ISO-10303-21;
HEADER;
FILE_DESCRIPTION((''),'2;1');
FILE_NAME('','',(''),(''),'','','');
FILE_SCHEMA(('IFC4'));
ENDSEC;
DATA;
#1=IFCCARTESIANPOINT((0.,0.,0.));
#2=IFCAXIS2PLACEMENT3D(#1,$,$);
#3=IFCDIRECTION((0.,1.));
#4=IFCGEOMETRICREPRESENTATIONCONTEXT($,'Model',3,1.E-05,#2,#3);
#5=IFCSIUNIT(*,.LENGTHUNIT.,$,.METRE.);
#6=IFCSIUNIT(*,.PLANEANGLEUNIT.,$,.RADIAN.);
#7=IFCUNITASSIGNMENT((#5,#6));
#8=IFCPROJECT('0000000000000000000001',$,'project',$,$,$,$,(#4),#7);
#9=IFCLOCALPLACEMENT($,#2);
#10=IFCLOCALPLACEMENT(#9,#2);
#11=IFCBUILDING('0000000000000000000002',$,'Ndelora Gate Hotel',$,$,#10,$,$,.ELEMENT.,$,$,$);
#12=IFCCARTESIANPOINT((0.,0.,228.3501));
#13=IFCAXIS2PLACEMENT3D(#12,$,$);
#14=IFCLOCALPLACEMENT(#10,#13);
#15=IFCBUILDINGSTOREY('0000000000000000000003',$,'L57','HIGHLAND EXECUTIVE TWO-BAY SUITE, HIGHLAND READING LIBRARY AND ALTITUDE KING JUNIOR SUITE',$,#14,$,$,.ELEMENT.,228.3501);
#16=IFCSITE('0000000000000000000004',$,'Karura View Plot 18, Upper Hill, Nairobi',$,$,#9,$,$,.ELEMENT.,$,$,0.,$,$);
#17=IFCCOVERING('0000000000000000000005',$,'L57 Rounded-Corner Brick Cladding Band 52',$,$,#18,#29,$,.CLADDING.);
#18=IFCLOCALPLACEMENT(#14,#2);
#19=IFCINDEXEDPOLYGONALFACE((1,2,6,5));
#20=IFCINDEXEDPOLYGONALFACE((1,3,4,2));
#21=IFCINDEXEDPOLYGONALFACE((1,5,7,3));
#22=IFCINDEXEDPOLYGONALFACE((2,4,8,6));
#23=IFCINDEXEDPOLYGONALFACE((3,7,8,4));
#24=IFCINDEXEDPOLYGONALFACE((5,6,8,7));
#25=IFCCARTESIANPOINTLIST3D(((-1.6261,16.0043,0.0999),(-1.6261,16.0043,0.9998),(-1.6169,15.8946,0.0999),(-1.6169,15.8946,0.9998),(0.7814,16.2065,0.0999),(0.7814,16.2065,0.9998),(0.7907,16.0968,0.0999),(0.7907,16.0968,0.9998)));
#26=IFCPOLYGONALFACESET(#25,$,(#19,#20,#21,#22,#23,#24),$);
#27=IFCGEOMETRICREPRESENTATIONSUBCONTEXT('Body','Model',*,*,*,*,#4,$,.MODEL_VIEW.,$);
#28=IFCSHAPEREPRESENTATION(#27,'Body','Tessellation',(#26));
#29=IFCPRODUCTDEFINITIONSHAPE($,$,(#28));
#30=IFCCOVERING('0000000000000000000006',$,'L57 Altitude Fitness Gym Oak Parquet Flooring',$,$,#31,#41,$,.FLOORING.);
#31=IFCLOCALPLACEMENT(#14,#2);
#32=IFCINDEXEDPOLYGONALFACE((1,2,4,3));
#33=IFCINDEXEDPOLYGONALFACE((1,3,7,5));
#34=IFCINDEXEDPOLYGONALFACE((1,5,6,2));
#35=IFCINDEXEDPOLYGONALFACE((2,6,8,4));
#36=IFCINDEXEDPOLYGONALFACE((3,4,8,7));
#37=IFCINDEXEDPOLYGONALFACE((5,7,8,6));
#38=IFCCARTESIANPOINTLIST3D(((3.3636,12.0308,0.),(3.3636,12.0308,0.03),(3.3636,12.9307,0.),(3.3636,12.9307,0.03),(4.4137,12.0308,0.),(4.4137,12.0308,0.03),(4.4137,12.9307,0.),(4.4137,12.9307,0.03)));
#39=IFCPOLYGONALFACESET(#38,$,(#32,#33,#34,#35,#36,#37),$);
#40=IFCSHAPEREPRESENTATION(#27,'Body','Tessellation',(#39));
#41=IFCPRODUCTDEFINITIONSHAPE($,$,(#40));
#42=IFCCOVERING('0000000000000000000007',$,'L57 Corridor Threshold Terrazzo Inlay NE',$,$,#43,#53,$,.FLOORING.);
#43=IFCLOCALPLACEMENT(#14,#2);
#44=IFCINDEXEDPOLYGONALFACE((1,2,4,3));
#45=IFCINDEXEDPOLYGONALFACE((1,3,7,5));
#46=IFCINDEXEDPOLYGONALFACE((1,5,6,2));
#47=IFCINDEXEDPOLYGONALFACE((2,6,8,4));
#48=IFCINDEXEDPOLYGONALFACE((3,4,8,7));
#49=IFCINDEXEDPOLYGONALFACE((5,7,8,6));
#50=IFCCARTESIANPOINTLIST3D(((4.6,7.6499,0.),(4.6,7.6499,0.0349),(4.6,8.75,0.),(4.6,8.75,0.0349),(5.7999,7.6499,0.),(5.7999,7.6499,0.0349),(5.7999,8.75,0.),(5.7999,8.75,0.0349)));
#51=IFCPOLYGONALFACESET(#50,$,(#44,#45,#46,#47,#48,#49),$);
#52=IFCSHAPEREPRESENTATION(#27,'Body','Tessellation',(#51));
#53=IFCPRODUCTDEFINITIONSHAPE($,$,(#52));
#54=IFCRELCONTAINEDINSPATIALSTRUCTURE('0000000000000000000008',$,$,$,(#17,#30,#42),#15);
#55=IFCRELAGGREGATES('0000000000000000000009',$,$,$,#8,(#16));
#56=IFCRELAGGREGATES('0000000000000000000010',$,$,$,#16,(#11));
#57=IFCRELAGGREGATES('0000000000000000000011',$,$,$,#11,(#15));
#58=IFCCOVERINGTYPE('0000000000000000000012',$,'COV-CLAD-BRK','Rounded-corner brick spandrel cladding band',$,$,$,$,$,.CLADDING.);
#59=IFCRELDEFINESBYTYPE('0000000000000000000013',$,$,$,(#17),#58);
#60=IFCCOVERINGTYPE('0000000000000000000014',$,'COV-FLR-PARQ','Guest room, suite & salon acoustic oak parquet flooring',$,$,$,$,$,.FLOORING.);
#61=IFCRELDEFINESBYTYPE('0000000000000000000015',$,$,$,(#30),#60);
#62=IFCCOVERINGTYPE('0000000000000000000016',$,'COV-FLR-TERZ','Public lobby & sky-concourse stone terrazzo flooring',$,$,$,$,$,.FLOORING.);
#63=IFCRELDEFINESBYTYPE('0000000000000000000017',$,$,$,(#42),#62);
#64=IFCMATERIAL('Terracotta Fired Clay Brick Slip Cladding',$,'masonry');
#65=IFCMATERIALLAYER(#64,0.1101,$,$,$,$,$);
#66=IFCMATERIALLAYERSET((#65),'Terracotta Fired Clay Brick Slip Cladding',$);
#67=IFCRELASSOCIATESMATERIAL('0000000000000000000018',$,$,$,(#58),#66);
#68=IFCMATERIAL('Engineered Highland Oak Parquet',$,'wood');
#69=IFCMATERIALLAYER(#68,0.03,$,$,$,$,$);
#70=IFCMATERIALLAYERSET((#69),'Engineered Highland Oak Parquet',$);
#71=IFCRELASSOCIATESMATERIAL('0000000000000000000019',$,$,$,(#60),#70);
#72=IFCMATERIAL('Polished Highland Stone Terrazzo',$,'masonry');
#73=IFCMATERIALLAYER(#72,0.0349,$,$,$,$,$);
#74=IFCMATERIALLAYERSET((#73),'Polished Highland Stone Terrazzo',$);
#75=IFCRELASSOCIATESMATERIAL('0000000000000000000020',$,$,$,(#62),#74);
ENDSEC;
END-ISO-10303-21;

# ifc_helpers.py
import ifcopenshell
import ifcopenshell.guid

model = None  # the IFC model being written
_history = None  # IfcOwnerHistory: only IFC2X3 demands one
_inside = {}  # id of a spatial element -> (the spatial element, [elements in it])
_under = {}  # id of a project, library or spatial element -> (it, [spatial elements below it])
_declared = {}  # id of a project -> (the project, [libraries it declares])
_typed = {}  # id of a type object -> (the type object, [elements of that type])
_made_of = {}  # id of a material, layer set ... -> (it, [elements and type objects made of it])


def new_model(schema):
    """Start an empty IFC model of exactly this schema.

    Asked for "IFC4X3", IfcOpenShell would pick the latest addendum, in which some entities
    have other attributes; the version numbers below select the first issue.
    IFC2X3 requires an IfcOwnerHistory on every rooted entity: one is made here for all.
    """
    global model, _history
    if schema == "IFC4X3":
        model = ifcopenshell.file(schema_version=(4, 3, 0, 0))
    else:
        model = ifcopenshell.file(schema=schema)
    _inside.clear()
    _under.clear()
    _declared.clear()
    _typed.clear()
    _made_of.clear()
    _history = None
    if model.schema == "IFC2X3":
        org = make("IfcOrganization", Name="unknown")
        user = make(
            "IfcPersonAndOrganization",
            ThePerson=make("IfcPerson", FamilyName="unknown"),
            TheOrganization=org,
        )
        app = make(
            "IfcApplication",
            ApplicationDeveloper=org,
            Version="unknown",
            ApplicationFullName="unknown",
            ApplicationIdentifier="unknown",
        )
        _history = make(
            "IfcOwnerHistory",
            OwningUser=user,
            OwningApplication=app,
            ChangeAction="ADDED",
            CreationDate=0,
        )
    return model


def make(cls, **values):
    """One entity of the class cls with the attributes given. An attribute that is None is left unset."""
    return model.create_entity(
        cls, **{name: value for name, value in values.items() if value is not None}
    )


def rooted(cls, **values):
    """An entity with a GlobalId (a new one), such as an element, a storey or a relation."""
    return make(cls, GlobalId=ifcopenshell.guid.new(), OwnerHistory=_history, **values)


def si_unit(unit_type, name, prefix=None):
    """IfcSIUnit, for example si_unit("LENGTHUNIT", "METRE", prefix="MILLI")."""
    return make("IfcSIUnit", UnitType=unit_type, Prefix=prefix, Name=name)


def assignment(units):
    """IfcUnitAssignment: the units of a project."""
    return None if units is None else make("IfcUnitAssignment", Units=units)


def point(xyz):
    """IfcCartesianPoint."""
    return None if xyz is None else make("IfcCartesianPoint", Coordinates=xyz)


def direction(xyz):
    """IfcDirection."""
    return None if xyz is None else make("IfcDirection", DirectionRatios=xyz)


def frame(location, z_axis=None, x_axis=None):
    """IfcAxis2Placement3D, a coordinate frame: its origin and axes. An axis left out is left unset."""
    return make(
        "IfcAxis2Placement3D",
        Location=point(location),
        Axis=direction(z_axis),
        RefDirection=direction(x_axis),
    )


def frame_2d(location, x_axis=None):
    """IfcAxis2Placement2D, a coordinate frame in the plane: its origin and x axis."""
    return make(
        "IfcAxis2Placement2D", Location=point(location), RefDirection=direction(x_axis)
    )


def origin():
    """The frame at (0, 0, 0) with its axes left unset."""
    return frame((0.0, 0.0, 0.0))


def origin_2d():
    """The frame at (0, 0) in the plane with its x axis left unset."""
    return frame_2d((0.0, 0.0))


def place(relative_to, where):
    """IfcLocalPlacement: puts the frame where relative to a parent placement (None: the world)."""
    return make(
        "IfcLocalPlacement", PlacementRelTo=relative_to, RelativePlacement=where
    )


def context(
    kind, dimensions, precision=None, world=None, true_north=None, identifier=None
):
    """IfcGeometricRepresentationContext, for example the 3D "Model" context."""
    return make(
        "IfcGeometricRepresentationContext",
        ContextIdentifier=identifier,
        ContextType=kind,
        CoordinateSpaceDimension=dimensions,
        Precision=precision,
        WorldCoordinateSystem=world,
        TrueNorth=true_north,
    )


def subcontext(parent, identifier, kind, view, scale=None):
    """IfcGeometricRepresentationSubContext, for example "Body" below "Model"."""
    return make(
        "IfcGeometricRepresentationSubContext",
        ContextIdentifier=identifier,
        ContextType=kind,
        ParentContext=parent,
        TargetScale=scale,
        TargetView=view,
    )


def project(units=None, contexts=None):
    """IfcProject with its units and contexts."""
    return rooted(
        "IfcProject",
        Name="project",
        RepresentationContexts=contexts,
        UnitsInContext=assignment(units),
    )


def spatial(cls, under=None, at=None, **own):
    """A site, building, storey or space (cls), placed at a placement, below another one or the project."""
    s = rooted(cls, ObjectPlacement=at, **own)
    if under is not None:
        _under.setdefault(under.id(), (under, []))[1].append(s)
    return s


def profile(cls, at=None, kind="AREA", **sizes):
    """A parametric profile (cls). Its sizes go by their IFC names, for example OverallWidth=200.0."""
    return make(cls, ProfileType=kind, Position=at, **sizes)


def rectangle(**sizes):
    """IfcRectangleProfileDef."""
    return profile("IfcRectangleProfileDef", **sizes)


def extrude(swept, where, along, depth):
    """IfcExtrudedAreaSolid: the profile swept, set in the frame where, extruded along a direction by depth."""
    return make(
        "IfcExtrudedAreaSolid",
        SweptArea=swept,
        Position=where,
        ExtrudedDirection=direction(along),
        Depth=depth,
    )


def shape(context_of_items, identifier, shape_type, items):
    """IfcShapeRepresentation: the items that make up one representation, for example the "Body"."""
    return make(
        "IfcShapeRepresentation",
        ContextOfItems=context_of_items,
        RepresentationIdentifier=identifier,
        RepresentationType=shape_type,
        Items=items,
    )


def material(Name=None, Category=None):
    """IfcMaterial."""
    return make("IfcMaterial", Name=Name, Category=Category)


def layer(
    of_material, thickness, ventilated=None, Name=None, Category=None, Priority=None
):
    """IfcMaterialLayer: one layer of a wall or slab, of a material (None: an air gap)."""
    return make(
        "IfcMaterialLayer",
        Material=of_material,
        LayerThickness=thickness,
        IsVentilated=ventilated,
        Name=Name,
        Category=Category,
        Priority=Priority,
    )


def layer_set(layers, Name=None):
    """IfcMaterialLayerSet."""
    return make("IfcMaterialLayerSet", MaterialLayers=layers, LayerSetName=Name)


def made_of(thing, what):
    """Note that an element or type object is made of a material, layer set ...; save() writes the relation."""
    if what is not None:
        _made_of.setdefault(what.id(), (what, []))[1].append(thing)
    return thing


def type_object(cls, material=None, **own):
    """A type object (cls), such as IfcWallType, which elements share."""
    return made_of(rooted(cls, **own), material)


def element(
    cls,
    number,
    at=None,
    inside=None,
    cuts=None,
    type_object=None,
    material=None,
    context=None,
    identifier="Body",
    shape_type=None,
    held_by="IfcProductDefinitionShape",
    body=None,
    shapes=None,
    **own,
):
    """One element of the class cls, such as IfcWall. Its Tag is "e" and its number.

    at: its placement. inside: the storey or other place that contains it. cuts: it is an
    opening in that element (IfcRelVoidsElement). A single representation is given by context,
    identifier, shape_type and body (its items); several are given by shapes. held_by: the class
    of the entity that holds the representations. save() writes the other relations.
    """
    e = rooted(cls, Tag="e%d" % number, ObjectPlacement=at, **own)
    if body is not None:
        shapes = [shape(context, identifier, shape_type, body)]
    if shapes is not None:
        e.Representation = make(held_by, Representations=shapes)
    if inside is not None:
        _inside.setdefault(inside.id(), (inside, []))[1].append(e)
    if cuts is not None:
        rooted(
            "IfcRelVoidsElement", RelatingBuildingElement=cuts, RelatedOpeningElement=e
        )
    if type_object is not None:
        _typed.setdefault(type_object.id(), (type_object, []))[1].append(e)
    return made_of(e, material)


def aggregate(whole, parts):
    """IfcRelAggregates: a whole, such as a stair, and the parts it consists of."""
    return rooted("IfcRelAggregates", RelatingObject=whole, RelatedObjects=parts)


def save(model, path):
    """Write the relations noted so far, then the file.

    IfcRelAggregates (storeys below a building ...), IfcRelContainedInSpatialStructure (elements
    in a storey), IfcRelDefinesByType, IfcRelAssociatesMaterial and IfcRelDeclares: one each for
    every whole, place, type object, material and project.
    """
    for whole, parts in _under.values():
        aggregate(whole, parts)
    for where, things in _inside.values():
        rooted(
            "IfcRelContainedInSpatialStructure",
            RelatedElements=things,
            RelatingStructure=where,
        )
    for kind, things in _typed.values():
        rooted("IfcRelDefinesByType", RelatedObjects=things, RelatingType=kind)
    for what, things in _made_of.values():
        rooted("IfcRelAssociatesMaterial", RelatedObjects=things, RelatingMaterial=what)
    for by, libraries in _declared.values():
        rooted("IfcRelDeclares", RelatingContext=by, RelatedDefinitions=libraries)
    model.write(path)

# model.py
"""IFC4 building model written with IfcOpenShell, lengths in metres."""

from ifc_helpers import new_model, si_unit, direction, frame, origin, origin_2d, place, context, subcontext, project, spatial, rectangle, extrude, material, layer, layer_set, type_object, element, save


model = new_model("IFC4")

# Units and contexts
model_context = context("Model", 3, precision=1e-05, world=origin(), true_north=direction((0.0, 1.0)))
body_context = subcontext(model_context, "Body", "Model", "MODEL_VIEW")
ifc_project = project(units=[si_unit("LENGTHUNIT", "METRE"), si_unit("PLANEANGLEUNIT", "RADIAN")], contexts=[model_context])

# Site, building, storey
site_placement = place(None, origin())
site = spatial("IfcSite", under=ifc_project, at=site_placement, Name="Karura View Plot 18, Upper Hill, Nairobi", CompositionType="ELEMENT", RefElevation=0.0)
building_placement = place(site_placement, origin())
building = spatial("IfcBuilding", under=site, at=building_placement, Name="Ndelora Gate Hotel", CompositionType="ELEMENT")
storey_placement = place(building_placement, frame((0.0, 0.0, 228.3501)))
storey = spatial("IfcBuildingStorey", under=building, at=storey_placement, Name="L57", Description="HIGHLAND EXECUTIVE TWO-BAY SUITE, HIGHLAND READING LIBRARY AND ALTITUDE KING JUNIOR SUITE", CompositionType="ELEMENT", Elevation=228.3501)

# Coverings
ifc_material_1 = material(Name="Terracotta Fired Clay Brick Slip Cladding", Category="masonry")
ifc_layer_1 = layer(ifc_material_1, 0.1101)
ifc_layer_set_1 = layer_set([ifc_layer_1], Name="Terracotta Fired Clay Brick Slip Cladding")
covering_type_1 = type_object("IfcCoveringType", Name="COV-CLAD-BRK", Description="Rounded-corner brick spandrel cladding band", PredefinedType="CLADDING", material=ifc_layer_set_1)
covering_1_placement = place(storey_placement, frame((-0.4177, 16.0505, 0.0999), z_axis=(0.0, 0.0, 1.0), x_axis=(0.996493, 0.083678, 0.0)))
element("IfcCovering", 1, at=covering_1_placement, inside=storey, type_object=covering_type_1, Name="L57 Rounded-Corner Brick Cladding Band 52", PredefinedType="CLADDING", context=body_context, shape_type="SweptSolid", body=[
    extrude(rectangle(XDim=2.416, YDim=0.1101, at=origin_2d()), origin(), (0.0, 0.0, 1.0), 0.8999),
])
ifc_material_2 = material(Name="Engineered Highland Oak Parquet", Category="wood")
ifc_layer_2 = layer(ifc_material_2, 0.03)
ifc_layer_set_2 = layer_set([ifc_layer_2], Name="Engineered Highland Oak Parquet")
covering_type_2 = type_object("IfcCoveringType", Name="COV-FLR-PARQ", Description="Guest room, suite & salon acoustic oak parquet flooring", PredefinedType="FLOORING", material=ifc_layer_set_2)
covering_2_placement = place(storey_placement, frame((3.8887, 12.4807, 0.0), z_axis=(0.0, 0.0, 1.0), x_axis=(1.0, 0.0, 0.0)))
element("IfcCovering", 2, at=covering_2_placement, inside=storey, type_object=covering_type_2, Name="L57 Altitude Fitness Gym Oak Parquet Flooring", PredefinedType="FLOORING", context=body_context, shape_type="SweptSolid", body=[
    extrude(rectangle(XDim=1.05, YDim=0.8999, at=origin_2d()), origin(), (0.0, 0.0, 1.0), 0.03),
])
ifc_material_3 = material(Name="Polished Highland Stone Terrazzo", Category="masonry")
ifc_layer_3 = layer(ifc_material_3, 0.0349)
ifc_layer_set_3 = layer_set([ifc_layer_3], Name="Polished Highland Stone Terrazzo")
covering_type_3 = type_object("IfcCoveringType", Name="COV-FLR-TERZ", Description="Public lobby & sky-concourse stone terrazzo flooring", PredefinedType="FLOORING", material=ifc_layer_set_3)
covering_3_placement = place(storey_placement, frame((5.2, 8.2, 0.0), z_axis=(0.0, 0.0, 1.0), x_axis=(1.0, 0.0, 0.0)))
element("IfcCovering", 3, at=covering_3_placement, inside=storey, type_object=covering_type_3, Name="L57 Corridor Threshold Terrazzo Inlay NE", PredefinedType="FLOORING", context=body_context, shape_type="SweptSolid", body=[
    extrude(rectangle(XDim=1.2, YDim=1.1001, at=origin_2d()), origin(), (0.0, 0.0, 1.0), 0.0349),
])

save(model, "model.ifc")
